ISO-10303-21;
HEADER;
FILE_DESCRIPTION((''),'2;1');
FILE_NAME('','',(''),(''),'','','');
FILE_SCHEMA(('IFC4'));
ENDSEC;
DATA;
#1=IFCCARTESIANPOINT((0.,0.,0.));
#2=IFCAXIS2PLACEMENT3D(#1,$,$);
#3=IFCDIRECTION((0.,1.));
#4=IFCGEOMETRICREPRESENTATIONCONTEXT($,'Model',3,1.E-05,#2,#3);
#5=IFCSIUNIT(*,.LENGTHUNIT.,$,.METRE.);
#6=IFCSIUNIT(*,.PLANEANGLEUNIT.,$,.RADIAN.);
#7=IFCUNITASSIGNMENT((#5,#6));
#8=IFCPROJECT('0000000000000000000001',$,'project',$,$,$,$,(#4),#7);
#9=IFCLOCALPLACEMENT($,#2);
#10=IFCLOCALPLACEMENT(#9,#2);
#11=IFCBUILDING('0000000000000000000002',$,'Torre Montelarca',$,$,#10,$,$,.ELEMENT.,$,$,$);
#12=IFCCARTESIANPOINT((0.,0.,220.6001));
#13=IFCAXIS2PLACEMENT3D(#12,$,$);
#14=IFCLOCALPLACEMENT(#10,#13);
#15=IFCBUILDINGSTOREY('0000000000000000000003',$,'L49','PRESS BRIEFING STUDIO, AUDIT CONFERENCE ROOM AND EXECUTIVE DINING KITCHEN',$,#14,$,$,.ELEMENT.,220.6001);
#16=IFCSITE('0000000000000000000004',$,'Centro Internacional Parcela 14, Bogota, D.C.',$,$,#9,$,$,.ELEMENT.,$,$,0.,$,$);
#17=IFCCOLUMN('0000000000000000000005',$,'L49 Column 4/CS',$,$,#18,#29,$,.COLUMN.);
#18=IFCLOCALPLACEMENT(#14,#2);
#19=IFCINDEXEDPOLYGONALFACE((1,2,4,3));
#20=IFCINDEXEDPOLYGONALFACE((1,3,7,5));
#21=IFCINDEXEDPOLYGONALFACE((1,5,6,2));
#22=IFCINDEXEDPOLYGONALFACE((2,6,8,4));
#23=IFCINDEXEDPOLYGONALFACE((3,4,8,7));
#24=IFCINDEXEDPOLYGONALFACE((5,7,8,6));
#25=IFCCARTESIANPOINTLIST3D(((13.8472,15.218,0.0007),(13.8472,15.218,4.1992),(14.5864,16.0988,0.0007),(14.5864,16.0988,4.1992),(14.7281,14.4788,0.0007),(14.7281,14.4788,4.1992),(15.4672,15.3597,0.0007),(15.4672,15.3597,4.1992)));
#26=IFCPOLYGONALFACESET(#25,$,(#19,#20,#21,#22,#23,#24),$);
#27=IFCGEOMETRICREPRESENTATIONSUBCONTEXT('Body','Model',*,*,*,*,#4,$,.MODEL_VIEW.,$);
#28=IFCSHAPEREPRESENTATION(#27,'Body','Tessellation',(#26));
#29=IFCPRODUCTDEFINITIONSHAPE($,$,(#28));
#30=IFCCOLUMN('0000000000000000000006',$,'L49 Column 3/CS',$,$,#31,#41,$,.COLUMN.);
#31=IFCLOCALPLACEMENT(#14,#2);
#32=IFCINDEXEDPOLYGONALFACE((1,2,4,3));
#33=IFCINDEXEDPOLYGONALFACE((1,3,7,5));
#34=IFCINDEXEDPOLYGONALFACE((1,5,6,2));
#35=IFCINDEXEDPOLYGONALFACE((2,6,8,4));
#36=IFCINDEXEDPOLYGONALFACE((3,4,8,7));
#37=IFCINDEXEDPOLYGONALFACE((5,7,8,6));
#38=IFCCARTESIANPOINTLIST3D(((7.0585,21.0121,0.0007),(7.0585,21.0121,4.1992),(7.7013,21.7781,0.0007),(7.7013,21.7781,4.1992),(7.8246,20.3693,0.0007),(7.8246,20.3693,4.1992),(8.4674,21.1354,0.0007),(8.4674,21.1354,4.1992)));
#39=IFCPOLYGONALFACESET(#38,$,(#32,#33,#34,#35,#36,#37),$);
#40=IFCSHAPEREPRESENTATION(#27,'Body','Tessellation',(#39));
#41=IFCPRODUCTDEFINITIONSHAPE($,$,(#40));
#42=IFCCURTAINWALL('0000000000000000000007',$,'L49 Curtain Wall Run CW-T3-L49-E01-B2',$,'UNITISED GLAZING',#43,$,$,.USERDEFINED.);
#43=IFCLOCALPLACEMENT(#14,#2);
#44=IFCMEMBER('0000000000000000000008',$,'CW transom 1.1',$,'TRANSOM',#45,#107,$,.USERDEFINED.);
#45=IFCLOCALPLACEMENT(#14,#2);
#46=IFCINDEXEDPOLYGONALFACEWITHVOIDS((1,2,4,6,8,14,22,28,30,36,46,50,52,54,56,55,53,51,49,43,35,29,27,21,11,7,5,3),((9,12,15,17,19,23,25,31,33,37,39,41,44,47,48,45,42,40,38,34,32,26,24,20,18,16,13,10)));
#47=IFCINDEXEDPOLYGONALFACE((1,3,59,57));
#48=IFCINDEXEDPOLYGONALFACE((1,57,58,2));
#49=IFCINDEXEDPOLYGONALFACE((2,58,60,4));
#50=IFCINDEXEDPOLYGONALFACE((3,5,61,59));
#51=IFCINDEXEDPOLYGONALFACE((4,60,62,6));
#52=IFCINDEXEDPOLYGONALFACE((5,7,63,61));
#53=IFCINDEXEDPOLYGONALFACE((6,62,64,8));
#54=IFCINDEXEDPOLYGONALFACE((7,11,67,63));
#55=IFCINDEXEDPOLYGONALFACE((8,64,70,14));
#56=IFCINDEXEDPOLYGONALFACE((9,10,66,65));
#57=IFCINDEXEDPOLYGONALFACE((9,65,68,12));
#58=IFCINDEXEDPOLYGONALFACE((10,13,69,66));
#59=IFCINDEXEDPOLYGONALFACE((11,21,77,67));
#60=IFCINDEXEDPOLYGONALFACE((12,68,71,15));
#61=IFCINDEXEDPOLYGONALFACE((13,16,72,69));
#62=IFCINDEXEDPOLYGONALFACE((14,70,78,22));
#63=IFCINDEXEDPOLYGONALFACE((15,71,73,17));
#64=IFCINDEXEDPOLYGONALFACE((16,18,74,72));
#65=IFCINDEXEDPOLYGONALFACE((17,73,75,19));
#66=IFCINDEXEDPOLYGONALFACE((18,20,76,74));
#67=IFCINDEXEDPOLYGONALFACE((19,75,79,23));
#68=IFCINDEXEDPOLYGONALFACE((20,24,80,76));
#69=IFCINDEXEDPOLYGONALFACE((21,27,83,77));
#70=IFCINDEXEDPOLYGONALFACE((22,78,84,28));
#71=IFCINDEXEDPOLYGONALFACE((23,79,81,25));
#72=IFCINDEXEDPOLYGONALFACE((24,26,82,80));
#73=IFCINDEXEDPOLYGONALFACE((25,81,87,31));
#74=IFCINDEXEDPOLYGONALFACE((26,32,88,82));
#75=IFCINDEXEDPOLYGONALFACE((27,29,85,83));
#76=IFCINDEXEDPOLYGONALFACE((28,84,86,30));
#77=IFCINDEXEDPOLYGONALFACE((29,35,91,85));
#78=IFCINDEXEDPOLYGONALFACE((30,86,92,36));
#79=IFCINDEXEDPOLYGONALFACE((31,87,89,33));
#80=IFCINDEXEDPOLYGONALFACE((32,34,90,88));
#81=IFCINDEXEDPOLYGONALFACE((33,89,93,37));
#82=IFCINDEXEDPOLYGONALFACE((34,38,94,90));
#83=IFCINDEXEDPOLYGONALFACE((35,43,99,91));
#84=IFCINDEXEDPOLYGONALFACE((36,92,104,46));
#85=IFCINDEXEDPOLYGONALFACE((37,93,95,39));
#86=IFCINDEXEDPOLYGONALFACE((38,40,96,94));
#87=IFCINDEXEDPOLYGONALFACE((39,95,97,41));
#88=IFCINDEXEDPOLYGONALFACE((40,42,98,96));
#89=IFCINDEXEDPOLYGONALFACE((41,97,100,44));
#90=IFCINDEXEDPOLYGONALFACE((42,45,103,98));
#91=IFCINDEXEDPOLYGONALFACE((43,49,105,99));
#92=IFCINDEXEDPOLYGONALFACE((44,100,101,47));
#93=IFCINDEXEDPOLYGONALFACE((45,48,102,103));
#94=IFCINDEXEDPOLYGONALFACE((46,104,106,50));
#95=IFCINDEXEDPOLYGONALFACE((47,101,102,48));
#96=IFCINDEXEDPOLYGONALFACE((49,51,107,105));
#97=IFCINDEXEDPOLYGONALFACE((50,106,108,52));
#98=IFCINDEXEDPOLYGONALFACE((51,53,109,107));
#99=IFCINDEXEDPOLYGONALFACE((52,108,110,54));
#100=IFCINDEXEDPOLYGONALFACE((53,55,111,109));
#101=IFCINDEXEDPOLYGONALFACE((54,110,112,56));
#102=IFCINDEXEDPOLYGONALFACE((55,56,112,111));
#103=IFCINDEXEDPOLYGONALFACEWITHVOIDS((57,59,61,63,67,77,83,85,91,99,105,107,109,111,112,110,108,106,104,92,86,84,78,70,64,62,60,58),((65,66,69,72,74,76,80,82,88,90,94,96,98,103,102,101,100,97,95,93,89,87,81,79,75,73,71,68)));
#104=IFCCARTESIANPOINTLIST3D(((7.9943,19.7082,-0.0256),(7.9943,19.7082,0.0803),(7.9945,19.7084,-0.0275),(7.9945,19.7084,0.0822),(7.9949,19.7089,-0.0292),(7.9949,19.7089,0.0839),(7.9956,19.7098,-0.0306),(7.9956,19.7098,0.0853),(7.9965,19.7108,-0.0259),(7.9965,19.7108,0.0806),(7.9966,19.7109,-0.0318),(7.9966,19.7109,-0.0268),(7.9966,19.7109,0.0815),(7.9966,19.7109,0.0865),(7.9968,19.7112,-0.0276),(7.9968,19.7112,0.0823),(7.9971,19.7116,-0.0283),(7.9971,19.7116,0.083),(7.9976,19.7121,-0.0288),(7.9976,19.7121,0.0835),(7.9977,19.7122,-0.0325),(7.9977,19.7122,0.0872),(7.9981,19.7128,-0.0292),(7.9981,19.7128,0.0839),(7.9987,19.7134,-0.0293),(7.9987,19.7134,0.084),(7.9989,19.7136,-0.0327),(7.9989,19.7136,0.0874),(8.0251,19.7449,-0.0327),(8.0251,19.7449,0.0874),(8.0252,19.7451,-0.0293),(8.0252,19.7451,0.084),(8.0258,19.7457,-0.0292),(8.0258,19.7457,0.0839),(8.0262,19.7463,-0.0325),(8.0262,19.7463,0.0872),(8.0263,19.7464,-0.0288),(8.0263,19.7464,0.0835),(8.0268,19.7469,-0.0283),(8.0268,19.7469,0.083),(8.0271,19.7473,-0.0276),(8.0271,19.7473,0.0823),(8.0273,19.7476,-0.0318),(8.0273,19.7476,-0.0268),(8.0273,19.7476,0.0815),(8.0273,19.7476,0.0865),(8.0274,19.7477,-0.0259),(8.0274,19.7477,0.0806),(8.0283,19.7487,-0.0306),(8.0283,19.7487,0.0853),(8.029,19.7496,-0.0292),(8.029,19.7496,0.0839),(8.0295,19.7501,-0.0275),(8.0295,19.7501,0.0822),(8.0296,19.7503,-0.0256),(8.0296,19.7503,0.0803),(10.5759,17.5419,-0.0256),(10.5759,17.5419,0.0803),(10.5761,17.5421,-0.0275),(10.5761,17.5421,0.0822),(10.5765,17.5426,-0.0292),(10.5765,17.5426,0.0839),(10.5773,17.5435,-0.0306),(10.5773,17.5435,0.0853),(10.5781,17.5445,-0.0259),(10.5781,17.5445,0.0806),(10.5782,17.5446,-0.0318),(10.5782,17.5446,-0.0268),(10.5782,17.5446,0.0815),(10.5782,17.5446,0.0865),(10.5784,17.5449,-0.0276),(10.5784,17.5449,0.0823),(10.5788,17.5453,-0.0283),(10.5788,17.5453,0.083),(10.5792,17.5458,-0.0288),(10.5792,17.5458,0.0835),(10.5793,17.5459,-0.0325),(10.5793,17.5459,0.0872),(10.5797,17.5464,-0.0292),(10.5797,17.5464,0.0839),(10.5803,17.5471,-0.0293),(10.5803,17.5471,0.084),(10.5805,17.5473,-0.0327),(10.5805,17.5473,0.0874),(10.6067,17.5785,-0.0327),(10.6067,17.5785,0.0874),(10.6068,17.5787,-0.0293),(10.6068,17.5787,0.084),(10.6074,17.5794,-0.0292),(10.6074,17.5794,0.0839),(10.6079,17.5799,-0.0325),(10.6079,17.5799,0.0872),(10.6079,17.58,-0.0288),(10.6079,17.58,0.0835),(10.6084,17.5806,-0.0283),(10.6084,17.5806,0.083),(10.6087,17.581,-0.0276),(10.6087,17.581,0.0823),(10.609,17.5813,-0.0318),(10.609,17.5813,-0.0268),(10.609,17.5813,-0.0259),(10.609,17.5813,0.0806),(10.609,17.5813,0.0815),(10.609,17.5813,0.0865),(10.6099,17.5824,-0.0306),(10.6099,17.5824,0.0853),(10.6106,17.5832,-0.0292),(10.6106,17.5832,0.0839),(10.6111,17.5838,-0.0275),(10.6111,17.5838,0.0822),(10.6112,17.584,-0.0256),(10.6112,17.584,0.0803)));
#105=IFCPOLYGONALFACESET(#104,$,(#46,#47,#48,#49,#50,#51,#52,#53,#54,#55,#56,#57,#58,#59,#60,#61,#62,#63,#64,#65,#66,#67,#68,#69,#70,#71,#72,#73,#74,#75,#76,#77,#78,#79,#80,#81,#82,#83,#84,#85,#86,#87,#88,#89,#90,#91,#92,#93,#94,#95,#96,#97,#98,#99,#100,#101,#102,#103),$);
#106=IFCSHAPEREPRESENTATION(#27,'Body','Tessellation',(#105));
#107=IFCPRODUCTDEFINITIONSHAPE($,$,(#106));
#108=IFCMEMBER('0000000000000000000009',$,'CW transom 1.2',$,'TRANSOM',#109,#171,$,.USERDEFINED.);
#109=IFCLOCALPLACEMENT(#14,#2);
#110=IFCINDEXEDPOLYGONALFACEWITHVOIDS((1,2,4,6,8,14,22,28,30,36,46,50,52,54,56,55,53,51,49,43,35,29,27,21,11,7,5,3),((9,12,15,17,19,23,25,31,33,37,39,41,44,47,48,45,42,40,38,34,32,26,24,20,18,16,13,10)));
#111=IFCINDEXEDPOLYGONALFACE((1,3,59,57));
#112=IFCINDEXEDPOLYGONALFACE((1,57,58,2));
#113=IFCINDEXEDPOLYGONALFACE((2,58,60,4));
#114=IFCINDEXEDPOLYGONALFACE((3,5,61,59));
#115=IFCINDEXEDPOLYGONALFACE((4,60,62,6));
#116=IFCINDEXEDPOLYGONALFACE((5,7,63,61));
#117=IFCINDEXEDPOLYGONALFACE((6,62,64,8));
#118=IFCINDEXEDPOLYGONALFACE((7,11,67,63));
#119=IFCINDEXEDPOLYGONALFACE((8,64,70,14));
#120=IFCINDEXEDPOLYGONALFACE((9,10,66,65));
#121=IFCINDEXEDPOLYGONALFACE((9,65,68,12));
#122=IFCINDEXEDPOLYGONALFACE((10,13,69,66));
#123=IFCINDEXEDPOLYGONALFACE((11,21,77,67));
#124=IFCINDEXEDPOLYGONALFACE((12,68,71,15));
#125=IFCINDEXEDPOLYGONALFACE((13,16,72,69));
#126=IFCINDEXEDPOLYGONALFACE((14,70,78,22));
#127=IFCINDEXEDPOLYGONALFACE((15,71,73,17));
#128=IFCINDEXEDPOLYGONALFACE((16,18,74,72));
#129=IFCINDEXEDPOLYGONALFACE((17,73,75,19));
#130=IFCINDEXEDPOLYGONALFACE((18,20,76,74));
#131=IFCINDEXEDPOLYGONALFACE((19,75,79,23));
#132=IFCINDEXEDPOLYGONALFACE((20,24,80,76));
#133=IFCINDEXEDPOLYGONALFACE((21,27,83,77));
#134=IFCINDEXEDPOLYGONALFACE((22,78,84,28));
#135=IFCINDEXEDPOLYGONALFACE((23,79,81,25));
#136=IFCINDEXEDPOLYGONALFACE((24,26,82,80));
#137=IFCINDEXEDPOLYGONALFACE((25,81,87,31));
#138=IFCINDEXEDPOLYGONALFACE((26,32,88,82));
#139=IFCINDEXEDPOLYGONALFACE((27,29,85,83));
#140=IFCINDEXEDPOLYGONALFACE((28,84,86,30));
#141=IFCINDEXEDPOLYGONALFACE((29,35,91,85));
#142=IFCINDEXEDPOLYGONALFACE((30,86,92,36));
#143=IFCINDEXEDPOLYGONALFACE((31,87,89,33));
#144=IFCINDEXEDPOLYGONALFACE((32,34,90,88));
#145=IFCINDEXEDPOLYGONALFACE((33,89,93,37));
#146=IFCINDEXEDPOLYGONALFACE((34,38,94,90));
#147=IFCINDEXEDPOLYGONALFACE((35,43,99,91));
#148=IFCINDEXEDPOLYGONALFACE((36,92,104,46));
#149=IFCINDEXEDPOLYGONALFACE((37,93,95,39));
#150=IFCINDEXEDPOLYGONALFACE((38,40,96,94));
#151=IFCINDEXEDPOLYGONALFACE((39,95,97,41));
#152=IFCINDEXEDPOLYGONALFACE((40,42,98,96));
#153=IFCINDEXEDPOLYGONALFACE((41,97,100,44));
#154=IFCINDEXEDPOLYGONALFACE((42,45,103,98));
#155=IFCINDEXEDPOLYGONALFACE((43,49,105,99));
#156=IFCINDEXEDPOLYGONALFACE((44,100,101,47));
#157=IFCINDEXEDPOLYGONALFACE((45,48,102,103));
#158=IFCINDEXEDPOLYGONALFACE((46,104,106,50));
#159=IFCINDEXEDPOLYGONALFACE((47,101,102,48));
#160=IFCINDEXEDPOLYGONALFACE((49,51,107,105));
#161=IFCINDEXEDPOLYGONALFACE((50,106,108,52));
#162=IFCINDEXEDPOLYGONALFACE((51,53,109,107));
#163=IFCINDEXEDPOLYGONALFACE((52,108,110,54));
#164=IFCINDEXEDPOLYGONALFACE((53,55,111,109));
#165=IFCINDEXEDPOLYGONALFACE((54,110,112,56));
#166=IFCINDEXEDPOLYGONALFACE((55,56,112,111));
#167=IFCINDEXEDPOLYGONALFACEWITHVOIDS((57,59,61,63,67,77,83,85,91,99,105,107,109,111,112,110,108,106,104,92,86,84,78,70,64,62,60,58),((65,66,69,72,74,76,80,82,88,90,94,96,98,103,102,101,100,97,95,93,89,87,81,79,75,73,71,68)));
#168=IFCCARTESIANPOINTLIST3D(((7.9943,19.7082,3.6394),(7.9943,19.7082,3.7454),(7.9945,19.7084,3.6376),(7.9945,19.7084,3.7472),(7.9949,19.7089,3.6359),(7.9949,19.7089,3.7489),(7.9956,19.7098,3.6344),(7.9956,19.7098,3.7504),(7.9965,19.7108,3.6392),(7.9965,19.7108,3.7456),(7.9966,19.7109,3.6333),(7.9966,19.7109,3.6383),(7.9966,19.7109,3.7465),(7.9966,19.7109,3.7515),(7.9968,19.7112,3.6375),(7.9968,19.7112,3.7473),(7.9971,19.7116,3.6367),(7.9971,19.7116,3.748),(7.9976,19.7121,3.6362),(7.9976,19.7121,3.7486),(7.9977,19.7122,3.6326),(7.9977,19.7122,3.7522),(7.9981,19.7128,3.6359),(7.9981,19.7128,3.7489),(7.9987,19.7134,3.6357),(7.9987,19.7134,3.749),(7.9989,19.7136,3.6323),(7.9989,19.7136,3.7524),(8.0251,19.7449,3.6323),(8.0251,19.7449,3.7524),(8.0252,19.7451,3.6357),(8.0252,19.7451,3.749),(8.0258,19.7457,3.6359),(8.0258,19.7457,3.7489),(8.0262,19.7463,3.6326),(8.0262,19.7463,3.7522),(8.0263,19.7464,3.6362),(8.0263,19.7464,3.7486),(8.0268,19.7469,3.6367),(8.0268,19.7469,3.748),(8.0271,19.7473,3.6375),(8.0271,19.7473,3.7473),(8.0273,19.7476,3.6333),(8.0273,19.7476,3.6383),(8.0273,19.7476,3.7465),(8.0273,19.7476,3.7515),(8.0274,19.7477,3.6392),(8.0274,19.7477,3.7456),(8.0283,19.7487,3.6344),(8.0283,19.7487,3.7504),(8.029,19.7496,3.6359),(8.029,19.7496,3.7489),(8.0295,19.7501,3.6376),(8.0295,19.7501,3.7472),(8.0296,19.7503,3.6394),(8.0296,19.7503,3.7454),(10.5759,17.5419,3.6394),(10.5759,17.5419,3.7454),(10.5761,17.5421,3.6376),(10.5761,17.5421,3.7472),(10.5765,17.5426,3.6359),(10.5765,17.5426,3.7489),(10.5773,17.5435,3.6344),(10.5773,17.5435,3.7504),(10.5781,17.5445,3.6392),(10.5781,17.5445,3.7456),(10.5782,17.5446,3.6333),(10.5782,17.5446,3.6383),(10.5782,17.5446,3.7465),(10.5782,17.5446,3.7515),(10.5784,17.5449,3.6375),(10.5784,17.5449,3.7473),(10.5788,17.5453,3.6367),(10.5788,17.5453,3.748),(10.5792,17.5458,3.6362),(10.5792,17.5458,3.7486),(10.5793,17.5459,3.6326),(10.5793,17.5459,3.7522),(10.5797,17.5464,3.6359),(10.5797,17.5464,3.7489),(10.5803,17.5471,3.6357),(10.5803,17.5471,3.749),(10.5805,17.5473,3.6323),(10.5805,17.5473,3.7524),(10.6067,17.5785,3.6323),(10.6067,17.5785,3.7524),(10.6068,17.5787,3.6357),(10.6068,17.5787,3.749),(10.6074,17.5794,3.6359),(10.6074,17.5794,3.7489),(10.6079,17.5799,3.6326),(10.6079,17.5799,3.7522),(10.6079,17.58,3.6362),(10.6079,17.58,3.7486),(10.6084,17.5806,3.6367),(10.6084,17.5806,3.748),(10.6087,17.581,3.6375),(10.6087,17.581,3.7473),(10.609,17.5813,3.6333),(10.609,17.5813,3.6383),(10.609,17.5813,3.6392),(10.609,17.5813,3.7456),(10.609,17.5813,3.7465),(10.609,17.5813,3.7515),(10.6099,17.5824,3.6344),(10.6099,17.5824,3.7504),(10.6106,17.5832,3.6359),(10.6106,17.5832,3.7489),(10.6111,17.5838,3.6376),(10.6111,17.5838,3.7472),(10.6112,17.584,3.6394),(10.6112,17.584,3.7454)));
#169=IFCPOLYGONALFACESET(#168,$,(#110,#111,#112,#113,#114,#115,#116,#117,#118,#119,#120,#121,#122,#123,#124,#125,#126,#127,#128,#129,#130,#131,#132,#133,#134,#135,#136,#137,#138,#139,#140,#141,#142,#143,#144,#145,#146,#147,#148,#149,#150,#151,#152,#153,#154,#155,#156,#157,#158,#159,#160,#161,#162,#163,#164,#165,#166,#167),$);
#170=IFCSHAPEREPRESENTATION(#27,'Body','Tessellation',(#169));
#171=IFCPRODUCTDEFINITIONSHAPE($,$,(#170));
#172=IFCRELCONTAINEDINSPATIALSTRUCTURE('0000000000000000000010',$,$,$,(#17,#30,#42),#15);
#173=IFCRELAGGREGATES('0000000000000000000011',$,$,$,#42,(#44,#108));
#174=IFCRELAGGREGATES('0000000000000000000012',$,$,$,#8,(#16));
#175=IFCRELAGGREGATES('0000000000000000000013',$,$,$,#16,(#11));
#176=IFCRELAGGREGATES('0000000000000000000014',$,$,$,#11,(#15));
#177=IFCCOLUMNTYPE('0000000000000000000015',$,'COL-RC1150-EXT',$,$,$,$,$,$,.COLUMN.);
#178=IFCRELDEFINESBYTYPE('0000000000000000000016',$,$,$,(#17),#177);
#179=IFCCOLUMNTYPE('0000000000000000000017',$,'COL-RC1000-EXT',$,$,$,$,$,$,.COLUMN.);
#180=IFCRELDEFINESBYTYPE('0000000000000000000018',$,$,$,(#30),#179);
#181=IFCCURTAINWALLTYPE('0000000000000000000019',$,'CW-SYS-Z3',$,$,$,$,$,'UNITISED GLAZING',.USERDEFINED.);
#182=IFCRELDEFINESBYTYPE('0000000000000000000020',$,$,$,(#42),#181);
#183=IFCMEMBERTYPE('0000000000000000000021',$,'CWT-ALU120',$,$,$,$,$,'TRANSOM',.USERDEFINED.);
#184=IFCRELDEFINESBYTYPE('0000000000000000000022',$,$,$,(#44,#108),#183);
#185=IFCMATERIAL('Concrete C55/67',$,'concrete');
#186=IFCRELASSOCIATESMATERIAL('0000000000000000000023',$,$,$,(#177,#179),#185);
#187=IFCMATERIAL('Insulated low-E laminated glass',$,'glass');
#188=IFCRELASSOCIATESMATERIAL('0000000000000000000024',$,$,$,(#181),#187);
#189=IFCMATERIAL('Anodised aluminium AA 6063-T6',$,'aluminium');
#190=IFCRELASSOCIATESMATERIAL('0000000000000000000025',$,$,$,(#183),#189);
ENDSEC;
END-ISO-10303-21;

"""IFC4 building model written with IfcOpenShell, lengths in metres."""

from ifc_helpers import new_model, si_unit, direction, frame, origin, origin_2d, place, context, subcontext, project, spatial, rectangle, hollow_rectangle, extrude, source, transform, mapped, material, material_profile, profile_set, type_object, element, aggregate, save


model = new_model("IFC4")

# Units and contexts
model_context = context("Model", 3, precision=1e-05, world=origin(), true_north=direction((0.0, 1.0)))
body_context = subcontext(model_context, "Body", "Model", "MODEL_VIEW")
ifc_project = project(units=[si_unit("LENGTHUNIT", "METRE"), si_unit("PLANEANGLEUNIT", "RADIAN")], contexts=[model_context])

# Site, building, storey
site_placement = place(None, origin())
site = spatial("IfcSite", under=ifc_project, at=site_placement, Name="Centro Internacional Parcela 14, Bogota, D.C.", CompositionType="ELEMENT", RefElevation=0.0)
building_placement = place(site_placement, origin())
building = spatial("IfcBuilding", under=site, at=building_placement, Name="Torre Montelarca", CompositionType="ELEMENT")
storey_placement = place(building_placement, frame((0.0, 0.0, 220.6001)))
storey = spatial("IfcBuildingStorey", under=building, at=storey_placement, Name="L49", Description="PRESS BRIEFING STUDIO, AUDIT CONFERENCE ROOM AND EXECUTIVE DINING KITCHEN", CompositionType="ELEMENT", Elevation=220.6001)

# Columns
ifc_material_1 = material(Name="Concrete C55/67", Category="concrete")
ifc_material_profile_1 = material_profile(ifc_material_1, rectangle(XDim=1.1499, YDim=1.1499, at=origin_2d()), Name="RC1150X1150", Category="concrete")
ifc_profile_set_1 = profile_set([ifc_material_profile_1], Name="Concrete C55/67")
column_type_1 = type_object("IfcColumnType", Name="COL-RC1150-EXT", PredefinedType="COLUMN", material=ifc_profile_set_1)
shared_shape_1 = source(origin(), body_context, "Body", "SweptSolid", [
    extrude(rectangle(XDim=1.1499, YDim=1.1499, at=origin_2d()), origin(), (0.0, 0.0, 1.0), 4.1985),
])
column_1_placement = place(storey_placement, frame((14.6572, 15.2888, 0.0007), z_axis=(0.0, 0.0, 1.0), x_axis=(-0.766044, 0.642788, 0.0)))
element("IfcColumn", 1, at=column_1_placement, inside=storey, type_object=column_type_1, Name="L49 Column 4/CS", PredefinedType="COLUMN", context=body_context, shape_type="MappedRepresentation", body=[
    mapped(shared_shape_1, transform((0.0, 0.0, 0.0), scale=1.0)),
])
ifc_material_profile_2 = material_profile(ifc_material_1, rectangle(XDim=1.0, YDim=1.0, at=origin_2d()), Name="RC1000X1000", Category="concrete")
ifc_profile_set_2 = profile_set([ifc_material_profile_2], Name="Concrete C55/67")
column_type_2 = type_object("IfcColumnType", Name="COL-RC1000-EXT", PredefinedType="COLUMN", material=ifc_profile_set_2)
shared_shape_2 = source(origin(), body_context, "Body", "SweptSolid", [
    extrude(rectangle(XDim=1.0, YDim=1.0, at=origin_2d()), origin(), (0.0, 0.0, 1.0), 4.1985),
])
column_2_placement = place(storey_placement, frame((7.7629, 21.0737, 0.0007), z_axis=(0.0, 0.0, 1.0), x_axis=(-0.766044, 0.642788, 0.0)))
element("IfcColumn", 2, at=column_2_placement, inside=storey, type_object=column_type_2, Name="L49 Column 3/CS", PredefinedType="COLUMN", context=body_context, shape_type="MappedRepresentation", body=[
    mapped(shared_shape_2, transform((0.0, 0.0, 0.0), scale=1.0)),
])

# Curtain wall, members
ifc_material_2 = material(Name="Insulated low-E laminated glass", Category="glass")
curtain_wall_type = type_object("IfcCurtainWallType", Name="CW-SYS-Z3", ElementType="UNITISED GLAZING", PredefinedType="USERDEFINED", material=ifc_material_2)
curtain_wall_1_placement = place(storey_placement, origin())
curtain_wall_1 = element("IfcCurtainWall", 3, at=curtain_wall_1_placement, inside=storey, type_object=curtain_wall_type, Name="L49 Curtain Wall Run CW-T3-L49-E01-B2", ObjectType="UNITISED GLAZING", PredefinedType="USERDEFINED")
ifc_material_3 = material(Name="Anodised aluminium AA 6063-T6", Category="aluminium")
ifc_material_profile_3 = material_profile(ifc_material_3, hollow_rectangle(XDim=0.0549, YDim=0.1201, WallThickness=0.0034, InnerFilletRadius=0.0034, OuterFilletRadius=0.0071, at=origin_2d()), Name="ALU55X120X3.5", Category="aluminium")
ifc_profile_set_3 = profile_set([ifc_material_profile_3], Name="Anodised aluminium AA 6063-T6")
member_type_1 = type_object("IfcMemberType", Name="CWT-ALU120", ElementType="TRANSOM", PredefinedType="USERDEFINED", material=ifc_profile_set_3)
shared_shape_3 = source(origin(), body_context, "Body", "SweptSolid", [
    extrude(hollow_rectangle(XDim=0.0549, YDim=0.1201, WallThickness=0.0034, InnerFilletRadius=0.0034, OuterFilletRadius=0.0071, at=origin_2d()), origin(), (0.0, 0.0, 1.0), 3.3701),
])
member_1_placement = place(storey_placement, frame((8.012, 19.7292, 0.0273), z_axis=(0.766032, -0.642803, 0.0), x_axis=(0.642803, 0.766032, 0.0)))
member_1 = element("IfcMember", 4, at=member_1_placement, type_object=member_type_1, Name="CW transom 1.1", ObjectType="TRANSOM", PredefinedType="USERDEFINED", context=body_context, shape_type="MappedRepresentation", body=[
    mapped(shared_shape_3, transform((0.0, 0.0, 0.0), scale=1.0)),
])
member_2_placement = place(storey_placement, frame((8.012, 19.7292, 3.6924), z_axis=(0.766032, -0.642803, 0.0), x_axis=(0.642803, 0.766032, 0.0)))
member_2 = element("IfcMember", 5, at=member_2_placement, type_object=member_type_1, Name="CW transom 1.2", ObjectType="TRANSOM", PredefinedType="USERDEFINED", context=body_context, shape_type="MappedRepresentation", body=[
    mapped(shared_shape_3, transform((0.0, 0.0, 0.0), scale=1.0)),
])

aggregate(curtain_wall_1, [member_1, member_2])

save(model, "model.ifc")
